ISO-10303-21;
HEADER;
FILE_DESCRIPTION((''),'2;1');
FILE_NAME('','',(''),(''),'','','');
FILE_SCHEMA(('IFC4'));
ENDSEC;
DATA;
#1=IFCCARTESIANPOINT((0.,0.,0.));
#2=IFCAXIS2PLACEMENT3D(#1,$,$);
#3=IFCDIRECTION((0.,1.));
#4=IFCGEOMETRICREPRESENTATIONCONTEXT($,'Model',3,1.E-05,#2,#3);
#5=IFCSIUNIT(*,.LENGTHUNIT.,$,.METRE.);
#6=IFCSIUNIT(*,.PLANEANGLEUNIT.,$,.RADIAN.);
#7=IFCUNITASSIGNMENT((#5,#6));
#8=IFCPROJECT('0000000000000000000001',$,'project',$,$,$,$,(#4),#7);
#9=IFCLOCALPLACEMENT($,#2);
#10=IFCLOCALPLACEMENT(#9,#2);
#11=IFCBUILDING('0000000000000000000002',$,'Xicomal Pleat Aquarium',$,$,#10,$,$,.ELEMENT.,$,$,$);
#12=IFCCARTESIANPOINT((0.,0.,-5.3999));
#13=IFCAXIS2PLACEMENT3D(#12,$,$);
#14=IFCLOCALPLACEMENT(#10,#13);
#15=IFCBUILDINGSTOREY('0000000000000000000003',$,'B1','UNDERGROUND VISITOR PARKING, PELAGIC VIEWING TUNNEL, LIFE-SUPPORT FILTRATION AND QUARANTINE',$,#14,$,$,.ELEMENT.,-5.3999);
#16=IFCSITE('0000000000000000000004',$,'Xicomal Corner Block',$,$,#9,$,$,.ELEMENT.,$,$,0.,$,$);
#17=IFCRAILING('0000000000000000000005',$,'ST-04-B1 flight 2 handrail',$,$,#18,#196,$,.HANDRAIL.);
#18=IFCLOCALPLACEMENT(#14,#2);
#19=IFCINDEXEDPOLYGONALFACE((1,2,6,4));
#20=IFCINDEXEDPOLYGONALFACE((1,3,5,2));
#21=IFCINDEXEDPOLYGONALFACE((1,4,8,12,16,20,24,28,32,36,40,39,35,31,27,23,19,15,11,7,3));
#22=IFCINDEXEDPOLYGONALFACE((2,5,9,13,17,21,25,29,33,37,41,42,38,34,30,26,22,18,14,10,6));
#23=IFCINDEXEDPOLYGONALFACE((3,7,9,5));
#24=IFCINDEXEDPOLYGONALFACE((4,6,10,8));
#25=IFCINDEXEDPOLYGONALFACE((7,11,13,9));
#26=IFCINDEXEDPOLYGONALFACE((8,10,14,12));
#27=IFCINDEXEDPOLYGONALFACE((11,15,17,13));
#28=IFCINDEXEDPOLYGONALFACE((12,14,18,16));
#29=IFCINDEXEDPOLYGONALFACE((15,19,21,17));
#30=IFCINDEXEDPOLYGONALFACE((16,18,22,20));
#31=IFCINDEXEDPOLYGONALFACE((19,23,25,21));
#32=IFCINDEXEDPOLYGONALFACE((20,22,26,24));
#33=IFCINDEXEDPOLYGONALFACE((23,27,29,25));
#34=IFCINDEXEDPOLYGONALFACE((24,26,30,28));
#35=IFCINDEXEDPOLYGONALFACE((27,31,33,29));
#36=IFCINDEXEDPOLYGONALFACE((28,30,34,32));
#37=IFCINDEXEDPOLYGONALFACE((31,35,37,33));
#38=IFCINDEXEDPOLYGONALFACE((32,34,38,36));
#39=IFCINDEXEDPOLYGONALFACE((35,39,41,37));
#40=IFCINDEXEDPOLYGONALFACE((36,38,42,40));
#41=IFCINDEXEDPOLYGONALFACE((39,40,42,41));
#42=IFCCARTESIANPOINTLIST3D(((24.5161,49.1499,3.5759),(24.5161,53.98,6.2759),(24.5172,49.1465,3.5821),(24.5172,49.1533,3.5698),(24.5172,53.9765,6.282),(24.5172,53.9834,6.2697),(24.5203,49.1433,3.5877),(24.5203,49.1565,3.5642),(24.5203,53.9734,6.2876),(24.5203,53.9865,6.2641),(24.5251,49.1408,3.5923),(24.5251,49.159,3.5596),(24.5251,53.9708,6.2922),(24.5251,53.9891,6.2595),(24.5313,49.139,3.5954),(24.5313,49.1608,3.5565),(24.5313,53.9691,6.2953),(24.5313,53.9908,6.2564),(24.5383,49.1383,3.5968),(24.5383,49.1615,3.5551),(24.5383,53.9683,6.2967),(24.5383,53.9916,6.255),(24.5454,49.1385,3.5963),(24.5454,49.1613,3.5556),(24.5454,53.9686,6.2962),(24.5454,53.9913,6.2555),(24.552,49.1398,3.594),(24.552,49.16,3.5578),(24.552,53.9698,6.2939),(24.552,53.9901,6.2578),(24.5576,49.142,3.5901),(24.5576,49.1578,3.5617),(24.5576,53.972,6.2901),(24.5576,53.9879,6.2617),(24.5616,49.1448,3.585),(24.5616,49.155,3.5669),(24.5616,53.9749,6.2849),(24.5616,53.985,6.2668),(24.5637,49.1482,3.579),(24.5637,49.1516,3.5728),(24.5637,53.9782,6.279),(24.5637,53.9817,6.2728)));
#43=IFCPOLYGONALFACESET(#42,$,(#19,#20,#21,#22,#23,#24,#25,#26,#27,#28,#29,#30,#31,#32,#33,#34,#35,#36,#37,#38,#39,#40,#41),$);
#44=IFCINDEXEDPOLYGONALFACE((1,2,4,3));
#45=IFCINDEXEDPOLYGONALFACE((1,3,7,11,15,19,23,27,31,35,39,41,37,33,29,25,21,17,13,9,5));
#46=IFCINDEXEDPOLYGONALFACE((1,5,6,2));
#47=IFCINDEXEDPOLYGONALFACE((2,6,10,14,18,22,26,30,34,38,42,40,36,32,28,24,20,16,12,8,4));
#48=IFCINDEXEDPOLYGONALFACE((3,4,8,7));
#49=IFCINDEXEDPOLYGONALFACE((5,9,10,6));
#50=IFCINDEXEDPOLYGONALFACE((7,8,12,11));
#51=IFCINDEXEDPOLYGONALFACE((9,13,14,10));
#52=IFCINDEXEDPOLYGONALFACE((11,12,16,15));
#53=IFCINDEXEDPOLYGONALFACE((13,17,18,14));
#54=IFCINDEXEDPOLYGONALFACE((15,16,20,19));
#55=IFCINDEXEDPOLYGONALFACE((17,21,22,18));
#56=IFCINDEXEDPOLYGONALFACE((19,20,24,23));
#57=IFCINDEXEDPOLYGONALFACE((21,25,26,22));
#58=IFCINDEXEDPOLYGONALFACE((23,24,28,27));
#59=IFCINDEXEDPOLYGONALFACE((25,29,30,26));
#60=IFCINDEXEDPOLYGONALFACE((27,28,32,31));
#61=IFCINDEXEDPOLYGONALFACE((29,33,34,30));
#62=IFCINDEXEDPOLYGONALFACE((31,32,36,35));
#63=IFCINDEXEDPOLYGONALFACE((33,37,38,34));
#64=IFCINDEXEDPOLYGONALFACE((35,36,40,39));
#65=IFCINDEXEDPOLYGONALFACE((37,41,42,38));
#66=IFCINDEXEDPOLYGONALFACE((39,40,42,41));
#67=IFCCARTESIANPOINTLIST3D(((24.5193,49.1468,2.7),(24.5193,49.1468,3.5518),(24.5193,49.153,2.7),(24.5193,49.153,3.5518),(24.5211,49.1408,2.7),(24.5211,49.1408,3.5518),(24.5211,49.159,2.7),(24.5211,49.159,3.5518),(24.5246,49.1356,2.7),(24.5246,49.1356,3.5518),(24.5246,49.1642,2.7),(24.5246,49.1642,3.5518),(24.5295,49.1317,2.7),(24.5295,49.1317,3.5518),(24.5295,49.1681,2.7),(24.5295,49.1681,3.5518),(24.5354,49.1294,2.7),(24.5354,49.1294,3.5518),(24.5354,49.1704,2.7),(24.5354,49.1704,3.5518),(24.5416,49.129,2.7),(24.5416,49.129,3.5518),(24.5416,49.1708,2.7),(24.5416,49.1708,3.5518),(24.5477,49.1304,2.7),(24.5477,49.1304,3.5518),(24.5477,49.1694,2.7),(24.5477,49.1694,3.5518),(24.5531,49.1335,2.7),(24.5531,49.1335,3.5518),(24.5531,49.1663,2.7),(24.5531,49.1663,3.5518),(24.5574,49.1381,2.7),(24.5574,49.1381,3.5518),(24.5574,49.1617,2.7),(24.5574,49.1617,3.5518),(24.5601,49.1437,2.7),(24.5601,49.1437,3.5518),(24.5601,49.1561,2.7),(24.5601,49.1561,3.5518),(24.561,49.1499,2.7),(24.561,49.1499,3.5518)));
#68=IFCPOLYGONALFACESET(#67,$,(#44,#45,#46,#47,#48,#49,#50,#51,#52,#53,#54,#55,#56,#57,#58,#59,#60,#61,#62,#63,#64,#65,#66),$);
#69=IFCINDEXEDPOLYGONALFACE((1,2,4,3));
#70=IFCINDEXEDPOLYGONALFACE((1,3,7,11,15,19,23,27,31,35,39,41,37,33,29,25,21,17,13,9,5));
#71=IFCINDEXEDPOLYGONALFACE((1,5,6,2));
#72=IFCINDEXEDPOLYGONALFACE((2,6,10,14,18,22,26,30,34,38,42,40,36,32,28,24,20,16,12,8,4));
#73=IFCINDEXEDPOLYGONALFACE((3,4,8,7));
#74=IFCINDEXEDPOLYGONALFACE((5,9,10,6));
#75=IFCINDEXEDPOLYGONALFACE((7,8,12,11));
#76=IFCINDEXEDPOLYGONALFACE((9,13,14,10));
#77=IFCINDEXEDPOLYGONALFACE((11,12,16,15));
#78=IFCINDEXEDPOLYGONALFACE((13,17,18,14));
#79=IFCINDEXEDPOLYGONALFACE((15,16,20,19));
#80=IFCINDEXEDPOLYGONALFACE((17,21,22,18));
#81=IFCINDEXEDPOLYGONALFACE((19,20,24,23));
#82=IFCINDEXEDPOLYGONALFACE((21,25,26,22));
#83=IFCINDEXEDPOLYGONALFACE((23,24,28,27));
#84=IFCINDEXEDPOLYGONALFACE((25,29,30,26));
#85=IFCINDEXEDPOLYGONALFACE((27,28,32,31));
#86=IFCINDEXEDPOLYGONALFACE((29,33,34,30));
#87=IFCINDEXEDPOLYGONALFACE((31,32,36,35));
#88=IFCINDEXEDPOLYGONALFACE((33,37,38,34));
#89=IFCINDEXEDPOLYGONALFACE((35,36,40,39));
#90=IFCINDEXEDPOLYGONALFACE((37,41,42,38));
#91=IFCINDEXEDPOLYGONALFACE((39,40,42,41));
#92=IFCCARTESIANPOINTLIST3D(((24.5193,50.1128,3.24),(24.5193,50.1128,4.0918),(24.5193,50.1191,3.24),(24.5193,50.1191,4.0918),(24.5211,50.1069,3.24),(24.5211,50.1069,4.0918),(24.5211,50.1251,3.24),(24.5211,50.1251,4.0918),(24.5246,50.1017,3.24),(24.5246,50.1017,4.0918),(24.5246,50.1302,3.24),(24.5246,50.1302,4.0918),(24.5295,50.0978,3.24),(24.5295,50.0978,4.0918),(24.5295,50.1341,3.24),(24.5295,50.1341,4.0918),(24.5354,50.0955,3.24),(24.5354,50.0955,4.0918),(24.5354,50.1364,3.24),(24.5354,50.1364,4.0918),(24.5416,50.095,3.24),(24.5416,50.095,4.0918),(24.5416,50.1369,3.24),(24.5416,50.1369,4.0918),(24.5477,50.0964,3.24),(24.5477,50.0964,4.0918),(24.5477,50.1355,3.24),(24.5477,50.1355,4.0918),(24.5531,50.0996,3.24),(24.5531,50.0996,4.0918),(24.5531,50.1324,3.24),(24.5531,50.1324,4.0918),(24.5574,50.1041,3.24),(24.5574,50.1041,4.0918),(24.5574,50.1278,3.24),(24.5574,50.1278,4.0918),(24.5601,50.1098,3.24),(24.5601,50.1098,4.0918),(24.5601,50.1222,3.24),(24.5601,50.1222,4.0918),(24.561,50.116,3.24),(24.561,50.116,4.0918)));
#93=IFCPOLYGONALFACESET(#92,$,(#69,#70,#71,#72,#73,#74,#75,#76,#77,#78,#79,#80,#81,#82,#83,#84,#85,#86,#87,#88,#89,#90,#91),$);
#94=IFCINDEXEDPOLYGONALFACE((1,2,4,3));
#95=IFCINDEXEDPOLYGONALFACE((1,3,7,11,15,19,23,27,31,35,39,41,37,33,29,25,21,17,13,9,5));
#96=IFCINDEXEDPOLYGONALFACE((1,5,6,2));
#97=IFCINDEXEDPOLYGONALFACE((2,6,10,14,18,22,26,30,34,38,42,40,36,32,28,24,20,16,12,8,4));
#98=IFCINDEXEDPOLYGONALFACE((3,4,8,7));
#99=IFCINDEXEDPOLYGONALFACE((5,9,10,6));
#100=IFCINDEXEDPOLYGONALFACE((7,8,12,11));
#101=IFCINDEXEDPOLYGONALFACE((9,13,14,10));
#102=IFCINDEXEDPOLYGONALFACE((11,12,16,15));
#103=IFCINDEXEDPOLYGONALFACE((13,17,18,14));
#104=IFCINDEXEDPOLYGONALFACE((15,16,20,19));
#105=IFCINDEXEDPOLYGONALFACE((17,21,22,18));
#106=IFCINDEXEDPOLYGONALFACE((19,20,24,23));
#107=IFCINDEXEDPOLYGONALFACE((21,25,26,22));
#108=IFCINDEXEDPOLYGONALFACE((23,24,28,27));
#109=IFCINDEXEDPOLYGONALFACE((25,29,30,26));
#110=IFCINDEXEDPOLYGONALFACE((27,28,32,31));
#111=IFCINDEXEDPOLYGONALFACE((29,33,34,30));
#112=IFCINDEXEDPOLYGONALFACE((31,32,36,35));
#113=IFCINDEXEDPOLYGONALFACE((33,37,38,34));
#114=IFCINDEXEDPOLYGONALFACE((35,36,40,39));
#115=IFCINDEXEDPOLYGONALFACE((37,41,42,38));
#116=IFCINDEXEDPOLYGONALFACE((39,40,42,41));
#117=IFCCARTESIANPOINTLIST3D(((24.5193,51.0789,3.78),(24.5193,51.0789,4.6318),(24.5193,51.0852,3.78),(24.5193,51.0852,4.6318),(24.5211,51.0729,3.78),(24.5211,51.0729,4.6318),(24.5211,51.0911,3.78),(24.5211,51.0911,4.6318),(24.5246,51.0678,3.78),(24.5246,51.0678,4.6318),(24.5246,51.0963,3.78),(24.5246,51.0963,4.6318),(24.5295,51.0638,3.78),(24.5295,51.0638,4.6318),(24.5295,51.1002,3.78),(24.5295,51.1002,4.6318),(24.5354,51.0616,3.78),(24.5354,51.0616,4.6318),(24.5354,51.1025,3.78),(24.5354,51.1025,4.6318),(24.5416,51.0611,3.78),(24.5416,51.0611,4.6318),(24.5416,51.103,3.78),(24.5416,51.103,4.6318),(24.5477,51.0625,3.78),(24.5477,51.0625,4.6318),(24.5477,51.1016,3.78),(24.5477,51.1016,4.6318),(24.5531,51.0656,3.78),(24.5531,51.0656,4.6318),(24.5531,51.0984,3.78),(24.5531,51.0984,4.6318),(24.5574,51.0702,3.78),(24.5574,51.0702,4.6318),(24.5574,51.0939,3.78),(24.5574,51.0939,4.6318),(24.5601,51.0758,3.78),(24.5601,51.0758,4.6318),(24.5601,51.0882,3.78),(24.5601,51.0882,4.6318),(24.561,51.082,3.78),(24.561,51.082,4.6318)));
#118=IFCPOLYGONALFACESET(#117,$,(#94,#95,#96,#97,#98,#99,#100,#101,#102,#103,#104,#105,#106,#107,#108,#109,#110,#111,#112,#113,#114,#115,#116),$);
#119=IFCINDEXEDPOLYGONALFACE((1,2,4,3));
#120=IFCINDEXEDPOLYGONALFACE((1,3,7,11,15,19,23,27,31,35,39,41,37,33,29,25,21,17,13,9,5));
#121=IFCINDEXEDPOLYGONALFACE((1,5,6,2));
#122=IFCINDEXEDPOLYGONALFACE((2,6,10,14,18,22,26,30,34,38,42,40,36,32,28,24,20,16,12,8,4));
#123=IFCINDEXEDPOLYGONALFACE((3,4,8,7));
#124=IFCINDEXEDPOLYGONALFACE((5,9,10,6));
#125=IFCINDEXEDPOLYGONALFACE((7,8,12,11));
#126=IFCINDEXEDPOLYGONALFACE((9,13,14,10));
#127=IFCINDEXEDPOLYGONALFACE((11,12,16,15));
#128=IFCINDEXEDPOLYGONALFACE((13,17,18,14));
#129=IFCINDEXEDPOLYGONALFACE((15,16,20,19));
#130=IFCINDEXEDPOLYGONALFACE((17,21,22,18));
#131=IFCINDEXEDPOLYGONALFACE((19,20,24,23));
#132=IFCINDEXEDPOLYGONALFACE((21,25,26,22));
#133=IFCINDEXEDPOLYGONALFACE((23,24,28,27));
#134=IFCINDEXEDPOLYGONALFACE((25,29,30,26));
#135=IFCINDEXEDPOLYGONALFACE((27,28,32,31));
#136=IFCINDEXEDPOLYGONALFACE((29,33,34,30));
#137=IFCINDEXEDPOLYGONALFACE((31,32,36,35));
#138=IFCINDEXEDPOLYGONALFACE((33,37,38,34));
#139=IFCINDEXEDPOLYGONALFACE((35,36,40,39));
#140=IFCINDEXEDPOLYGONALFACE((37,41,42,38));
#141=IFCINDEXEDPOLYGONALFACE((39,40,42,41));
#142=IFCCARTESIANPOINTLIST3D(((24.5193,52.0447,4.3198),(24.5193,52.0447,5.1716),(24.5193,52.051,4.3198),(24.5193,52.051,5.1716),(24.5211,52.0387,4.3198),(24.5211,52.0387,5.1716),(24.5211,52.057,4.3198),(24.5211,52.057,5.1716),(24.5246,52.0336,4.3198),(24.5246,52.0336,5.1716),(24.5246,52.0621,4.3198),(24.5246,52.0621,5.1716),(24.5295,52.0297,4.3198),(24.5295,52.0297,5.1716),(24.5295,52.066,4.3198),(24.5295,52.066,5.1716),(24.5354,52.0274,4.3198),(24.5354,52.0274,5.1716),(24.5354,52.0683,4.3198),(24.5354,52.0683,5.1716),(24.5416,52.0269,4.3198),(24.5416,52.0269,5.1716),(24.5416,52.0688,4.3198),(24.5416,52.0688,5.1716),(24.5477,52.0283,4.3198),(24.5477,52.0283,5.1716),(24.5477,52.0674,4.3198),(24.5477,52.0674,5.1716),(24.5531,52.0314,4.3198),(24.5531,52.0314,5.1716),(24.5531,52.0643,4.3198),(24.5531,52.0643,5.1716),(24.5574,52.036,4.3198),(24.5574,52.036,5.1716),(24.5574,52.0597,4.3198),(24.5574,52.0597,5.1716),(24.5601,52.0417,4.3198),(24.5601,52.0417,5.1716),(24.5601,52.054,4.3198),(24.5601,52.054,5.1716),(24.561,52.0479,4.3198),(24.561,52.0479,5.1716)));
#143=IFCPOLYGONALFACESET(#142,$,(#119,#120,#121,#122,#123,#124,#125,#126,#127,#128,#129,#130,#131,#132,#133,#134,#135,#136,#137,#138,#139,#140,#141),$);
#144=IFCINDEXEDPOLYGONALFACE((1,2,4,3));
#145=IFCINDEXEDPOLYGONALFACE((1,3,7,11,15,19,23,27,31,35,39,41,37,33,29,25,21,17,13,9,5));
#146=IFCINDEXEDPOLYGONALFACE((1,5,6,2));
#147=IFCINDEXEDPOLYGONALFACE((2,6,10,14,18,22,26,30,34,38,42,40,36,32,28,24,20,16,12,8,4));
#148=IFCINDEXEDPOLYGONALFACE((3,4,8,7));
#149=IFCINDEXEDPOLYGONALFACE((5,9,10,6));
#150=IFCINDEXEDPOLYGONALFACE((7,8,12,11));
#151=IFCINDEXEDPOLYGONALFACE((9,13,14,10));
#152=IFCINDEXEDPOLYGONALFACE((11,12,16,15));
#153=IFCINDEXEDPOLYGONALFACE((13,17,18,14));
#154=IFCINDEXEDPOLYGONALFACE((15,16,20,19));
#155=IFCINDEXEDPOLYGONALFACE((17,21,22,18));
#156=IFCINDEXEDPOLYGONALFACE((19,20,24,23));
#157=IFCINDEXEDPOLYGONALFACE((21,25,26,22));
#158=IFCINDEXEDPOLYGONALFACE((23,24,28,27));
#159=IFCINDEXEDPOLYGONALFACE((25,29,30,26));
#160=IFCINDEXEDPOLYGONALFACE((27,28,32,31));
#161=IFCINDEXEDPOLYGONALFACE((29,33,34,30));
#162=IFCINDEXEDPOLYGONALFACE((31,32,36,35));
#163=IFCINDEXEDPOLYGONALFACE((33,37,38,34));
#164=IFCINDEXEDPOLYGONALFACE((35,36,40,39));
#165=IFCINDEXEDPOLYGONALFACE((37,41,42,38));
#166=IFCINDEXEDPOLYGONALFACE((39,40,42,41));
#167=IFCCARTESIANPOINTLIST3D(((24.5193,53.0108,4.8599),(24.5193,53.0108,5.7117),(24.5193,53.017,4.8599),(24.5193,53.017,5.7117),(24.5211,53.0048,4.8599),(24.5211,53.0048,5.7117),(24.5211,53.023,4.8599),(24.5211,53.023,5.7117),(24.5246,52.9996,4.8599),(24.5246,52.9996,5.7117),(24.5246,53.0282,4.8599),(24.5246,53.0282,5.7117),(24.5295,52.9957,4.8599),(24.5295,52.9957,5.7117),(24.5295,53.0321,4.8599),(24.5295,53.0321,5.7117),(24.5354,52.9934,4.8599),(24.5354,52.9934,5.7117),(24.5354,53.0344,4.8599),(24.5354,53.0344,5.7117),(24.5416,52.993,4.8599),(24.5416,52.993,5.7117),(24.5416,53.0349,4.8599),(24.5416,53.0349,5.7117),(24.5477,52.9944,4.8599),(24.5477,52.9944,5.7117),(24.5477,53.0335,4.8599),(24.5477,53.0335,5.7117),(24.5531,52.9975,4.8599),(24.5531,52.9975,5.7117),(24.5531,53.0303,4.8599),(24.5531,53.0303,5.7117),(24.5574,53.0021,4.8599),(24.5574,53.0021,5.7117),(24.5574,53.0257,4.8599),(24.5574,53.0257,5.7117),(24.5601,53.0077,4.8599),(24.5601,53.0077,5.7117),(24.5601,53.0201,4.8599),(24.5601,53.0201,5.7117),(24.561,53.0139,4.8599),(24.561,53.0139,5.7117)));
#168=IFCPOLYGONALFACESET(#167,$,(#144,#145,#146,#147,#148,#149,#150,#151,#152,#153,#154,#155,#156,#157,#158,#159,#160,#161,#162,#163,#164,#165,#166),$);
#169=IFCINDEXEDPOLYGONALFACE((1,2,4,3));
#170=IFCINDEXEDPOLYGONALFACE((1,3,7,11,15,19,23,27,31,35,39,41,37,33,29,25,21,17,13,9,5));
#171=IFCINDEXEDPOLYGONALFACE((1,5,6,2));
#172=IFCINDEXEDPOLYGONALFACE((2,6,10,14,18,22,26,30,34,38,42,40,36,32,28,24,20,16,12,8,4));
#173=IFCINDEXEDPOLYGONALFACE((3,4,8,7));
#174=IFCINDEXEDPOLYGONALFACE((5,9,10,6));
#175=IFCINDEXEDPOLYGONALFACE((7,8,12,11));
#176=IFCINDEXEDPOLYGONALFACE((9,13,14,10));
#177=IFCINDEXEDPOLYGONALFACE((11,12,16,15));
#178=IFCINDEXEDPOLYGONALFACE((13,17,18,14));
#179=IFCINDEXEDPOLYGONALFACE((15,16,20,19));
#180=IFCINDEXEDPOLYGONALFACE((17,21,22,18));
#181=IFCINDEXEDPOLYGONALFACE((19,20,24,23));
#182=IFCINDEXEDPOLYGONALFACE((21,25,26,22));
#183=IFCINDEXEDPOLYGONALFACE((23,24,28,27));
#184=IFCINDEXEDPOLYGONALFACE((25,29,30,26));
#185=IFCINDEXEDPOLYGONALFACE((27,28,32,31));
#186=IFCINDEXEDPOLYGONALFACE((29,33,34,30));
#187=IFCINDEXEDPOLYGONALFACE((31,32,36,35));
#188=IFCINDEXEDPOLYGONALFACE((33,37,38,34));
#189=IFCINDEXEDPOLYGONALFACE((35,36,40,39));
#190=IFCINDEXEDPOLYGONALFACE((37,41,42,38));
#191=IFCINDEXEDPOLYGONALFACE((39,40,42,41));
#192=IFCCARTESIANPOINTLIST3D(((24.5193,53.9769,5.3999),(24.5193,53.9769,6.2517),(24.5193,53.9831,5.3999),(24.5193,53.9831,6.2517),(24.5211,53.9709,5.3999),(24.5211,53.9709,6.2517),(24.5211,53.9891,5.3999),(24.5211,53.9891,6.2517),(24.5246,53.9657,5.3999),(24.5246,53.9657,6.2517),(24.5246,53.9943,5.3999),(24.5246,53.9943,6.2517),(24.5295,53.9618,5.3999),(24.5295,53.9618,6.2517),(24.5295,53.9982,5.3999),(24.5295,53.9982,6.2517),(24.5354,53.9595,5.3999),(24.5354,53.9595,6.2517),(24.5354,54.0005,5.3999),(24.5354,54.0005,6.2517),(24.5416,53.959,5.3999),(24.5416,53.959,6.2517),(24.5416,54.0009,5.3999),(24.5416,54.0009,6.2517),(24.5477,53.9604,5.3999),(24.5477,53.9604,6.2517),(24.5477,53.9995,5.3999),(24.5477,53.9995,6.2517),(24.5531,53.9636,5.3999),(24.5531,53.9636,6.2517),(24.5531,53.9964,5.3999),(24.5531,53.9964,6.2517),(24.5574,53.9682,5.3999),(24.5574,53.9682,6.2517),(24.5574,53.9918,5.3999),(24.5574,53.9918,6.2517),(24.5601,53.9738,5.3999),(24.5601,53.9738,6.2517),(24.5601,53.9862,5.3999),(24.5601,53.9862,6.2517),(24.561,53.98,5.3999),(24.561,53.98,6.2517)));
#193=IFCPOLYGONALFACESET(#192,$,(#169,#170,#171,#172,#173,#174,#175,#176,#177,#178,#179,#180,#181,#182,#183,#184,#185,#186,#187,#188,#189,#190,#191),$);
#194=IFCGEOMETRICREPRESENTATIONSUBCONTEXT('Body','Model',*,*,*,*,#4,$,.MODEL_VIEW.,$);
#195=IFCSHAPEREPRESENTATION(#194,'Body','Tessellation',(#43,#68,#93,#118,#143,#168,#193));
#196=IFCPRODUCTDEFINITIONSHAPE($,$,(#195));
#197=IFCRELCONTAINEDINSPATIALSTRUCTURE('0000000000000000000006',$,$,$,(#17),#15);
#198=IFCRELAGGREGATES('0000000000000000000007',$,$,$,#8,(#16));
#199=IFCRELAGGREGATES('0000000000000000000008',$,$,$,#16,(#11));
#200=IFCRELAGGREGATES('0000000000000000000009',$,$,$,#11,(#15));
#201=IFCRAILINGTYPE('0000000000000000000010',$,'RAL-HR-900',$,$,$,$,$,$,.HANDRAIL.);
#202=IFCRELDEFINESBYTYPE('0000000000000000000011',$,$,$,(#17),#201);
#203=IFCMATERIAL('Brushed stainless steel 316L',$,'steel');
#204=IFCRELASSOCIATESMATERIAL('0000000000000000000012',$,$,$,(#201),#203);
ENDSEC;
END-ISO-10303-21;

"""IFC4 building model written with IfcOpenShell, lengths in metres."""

from ifc_helpers import new_model, si_unit, direction, frame, origin, origin_2d, place, context, subcontext, project, spatial, circle, extrude, material, type_object, element, save


model = new_model("IFC4")

# Units and contexts
model_context = context("Model", 3, precision=1e-05, world=origin(), true_north=direction((0.0, 1.0)))
body_context = subcontext(model_context, "Body", "Model", "MODEL_VIEW")
ifc_project = project(units=[si_unit("LENGTHUNIT", "METRE"), si_unit("PLANEANGLEUNIT", "RADIAN")], contexts=[model_context])

# Site, building, storey
site_placement = place(None, origin())
site = spatial("IfcSite", under=ifc_project, at=site_placement, Name="Xicomal Corner Block", CompositionType="ELEMENT", RefElevation=0.0)
building_placement = place(site_placement, origin())
building = spatial("IfcBuilding", under=site, at=building_placement, Name="Xicomal Pleat Aquarium", CompositionType="ELEMENT")
storey_placement = place(building_placement, frame((0.0, 0.0, -5.3999)))
storey = spatial("IfcBuildingStorey", under=building, at=storey_placement, Name="B1", Description="UNDERGROUND VISITOR PARKING, PELAGIC VIEWING TUNNEL, LIFE-SUPPORT FILTRATION AND QUARANTINE", CompositionType="ELEMENT", Elevation=-5.3999)

# Railing
ifc_material_1 = material(Name="Brushed stainless steel 316L", Category="steel")
railing_type = type_object("IfcRailingType", Name="RAL-HR-900", PredefinedType="HANDRAIL", material=ifc_material_1)
railing_placement = place(storey_placement, frame((24.54, 49.1499, 2.7)))
element("IfcRailing", 1, at=railing_placement, inside=storey, type_object=railing_type, Name="ST-04-B1 flight 2 handrail", PredefinedType="HANDRAIL", context=body_context, shape_type="SweptSolid", body=[
    extrude(circle(Radius=0.0239, at=origin_2d()), frame((0.0, 0.0, 0.876), z_axis=(0.0, 0.872883, 0.48793), x_axis=(-1.0, 0.0, 0.0)), (0.0, 0.0, 1.0), 5.5334),
    extrude(circle(Radius=0.021, at=origin_2d()), origin(), (0.0, 0.0, 1.0), 0.8518),
    extrude(circle(Radius=0.021, at=origin_2d()), frame((0.0, 0.9661, 0.54)), (0.0, 0.0, 1.0), 0.8518),
    extrude(circle(Radius=0.021, at=origin_2d()), frame((0.0, 1.9321, 1.0801)), (0.0, 0.0, 1.0), 0.8518),
    extrude(circle(Radius=0.021, at=origin_2d()), frame((0.0, 2.8979, 1.6199)), (0.0, 0.0, 1.0), 0.8518),
    extrude(circle(Radius=0.021, at=origin_2d()), frame((0.0, 3.864, 2.1599)), (0.0, 0.0, 1.0), 0.8518),
    extrude(circle(Radius=0.021, at=origin_2d()), frame((0.0, 4.8301, 2.7)), (0.0, 0.0, 1.0), 0.8518),
])

save(model, "model.ifc")
